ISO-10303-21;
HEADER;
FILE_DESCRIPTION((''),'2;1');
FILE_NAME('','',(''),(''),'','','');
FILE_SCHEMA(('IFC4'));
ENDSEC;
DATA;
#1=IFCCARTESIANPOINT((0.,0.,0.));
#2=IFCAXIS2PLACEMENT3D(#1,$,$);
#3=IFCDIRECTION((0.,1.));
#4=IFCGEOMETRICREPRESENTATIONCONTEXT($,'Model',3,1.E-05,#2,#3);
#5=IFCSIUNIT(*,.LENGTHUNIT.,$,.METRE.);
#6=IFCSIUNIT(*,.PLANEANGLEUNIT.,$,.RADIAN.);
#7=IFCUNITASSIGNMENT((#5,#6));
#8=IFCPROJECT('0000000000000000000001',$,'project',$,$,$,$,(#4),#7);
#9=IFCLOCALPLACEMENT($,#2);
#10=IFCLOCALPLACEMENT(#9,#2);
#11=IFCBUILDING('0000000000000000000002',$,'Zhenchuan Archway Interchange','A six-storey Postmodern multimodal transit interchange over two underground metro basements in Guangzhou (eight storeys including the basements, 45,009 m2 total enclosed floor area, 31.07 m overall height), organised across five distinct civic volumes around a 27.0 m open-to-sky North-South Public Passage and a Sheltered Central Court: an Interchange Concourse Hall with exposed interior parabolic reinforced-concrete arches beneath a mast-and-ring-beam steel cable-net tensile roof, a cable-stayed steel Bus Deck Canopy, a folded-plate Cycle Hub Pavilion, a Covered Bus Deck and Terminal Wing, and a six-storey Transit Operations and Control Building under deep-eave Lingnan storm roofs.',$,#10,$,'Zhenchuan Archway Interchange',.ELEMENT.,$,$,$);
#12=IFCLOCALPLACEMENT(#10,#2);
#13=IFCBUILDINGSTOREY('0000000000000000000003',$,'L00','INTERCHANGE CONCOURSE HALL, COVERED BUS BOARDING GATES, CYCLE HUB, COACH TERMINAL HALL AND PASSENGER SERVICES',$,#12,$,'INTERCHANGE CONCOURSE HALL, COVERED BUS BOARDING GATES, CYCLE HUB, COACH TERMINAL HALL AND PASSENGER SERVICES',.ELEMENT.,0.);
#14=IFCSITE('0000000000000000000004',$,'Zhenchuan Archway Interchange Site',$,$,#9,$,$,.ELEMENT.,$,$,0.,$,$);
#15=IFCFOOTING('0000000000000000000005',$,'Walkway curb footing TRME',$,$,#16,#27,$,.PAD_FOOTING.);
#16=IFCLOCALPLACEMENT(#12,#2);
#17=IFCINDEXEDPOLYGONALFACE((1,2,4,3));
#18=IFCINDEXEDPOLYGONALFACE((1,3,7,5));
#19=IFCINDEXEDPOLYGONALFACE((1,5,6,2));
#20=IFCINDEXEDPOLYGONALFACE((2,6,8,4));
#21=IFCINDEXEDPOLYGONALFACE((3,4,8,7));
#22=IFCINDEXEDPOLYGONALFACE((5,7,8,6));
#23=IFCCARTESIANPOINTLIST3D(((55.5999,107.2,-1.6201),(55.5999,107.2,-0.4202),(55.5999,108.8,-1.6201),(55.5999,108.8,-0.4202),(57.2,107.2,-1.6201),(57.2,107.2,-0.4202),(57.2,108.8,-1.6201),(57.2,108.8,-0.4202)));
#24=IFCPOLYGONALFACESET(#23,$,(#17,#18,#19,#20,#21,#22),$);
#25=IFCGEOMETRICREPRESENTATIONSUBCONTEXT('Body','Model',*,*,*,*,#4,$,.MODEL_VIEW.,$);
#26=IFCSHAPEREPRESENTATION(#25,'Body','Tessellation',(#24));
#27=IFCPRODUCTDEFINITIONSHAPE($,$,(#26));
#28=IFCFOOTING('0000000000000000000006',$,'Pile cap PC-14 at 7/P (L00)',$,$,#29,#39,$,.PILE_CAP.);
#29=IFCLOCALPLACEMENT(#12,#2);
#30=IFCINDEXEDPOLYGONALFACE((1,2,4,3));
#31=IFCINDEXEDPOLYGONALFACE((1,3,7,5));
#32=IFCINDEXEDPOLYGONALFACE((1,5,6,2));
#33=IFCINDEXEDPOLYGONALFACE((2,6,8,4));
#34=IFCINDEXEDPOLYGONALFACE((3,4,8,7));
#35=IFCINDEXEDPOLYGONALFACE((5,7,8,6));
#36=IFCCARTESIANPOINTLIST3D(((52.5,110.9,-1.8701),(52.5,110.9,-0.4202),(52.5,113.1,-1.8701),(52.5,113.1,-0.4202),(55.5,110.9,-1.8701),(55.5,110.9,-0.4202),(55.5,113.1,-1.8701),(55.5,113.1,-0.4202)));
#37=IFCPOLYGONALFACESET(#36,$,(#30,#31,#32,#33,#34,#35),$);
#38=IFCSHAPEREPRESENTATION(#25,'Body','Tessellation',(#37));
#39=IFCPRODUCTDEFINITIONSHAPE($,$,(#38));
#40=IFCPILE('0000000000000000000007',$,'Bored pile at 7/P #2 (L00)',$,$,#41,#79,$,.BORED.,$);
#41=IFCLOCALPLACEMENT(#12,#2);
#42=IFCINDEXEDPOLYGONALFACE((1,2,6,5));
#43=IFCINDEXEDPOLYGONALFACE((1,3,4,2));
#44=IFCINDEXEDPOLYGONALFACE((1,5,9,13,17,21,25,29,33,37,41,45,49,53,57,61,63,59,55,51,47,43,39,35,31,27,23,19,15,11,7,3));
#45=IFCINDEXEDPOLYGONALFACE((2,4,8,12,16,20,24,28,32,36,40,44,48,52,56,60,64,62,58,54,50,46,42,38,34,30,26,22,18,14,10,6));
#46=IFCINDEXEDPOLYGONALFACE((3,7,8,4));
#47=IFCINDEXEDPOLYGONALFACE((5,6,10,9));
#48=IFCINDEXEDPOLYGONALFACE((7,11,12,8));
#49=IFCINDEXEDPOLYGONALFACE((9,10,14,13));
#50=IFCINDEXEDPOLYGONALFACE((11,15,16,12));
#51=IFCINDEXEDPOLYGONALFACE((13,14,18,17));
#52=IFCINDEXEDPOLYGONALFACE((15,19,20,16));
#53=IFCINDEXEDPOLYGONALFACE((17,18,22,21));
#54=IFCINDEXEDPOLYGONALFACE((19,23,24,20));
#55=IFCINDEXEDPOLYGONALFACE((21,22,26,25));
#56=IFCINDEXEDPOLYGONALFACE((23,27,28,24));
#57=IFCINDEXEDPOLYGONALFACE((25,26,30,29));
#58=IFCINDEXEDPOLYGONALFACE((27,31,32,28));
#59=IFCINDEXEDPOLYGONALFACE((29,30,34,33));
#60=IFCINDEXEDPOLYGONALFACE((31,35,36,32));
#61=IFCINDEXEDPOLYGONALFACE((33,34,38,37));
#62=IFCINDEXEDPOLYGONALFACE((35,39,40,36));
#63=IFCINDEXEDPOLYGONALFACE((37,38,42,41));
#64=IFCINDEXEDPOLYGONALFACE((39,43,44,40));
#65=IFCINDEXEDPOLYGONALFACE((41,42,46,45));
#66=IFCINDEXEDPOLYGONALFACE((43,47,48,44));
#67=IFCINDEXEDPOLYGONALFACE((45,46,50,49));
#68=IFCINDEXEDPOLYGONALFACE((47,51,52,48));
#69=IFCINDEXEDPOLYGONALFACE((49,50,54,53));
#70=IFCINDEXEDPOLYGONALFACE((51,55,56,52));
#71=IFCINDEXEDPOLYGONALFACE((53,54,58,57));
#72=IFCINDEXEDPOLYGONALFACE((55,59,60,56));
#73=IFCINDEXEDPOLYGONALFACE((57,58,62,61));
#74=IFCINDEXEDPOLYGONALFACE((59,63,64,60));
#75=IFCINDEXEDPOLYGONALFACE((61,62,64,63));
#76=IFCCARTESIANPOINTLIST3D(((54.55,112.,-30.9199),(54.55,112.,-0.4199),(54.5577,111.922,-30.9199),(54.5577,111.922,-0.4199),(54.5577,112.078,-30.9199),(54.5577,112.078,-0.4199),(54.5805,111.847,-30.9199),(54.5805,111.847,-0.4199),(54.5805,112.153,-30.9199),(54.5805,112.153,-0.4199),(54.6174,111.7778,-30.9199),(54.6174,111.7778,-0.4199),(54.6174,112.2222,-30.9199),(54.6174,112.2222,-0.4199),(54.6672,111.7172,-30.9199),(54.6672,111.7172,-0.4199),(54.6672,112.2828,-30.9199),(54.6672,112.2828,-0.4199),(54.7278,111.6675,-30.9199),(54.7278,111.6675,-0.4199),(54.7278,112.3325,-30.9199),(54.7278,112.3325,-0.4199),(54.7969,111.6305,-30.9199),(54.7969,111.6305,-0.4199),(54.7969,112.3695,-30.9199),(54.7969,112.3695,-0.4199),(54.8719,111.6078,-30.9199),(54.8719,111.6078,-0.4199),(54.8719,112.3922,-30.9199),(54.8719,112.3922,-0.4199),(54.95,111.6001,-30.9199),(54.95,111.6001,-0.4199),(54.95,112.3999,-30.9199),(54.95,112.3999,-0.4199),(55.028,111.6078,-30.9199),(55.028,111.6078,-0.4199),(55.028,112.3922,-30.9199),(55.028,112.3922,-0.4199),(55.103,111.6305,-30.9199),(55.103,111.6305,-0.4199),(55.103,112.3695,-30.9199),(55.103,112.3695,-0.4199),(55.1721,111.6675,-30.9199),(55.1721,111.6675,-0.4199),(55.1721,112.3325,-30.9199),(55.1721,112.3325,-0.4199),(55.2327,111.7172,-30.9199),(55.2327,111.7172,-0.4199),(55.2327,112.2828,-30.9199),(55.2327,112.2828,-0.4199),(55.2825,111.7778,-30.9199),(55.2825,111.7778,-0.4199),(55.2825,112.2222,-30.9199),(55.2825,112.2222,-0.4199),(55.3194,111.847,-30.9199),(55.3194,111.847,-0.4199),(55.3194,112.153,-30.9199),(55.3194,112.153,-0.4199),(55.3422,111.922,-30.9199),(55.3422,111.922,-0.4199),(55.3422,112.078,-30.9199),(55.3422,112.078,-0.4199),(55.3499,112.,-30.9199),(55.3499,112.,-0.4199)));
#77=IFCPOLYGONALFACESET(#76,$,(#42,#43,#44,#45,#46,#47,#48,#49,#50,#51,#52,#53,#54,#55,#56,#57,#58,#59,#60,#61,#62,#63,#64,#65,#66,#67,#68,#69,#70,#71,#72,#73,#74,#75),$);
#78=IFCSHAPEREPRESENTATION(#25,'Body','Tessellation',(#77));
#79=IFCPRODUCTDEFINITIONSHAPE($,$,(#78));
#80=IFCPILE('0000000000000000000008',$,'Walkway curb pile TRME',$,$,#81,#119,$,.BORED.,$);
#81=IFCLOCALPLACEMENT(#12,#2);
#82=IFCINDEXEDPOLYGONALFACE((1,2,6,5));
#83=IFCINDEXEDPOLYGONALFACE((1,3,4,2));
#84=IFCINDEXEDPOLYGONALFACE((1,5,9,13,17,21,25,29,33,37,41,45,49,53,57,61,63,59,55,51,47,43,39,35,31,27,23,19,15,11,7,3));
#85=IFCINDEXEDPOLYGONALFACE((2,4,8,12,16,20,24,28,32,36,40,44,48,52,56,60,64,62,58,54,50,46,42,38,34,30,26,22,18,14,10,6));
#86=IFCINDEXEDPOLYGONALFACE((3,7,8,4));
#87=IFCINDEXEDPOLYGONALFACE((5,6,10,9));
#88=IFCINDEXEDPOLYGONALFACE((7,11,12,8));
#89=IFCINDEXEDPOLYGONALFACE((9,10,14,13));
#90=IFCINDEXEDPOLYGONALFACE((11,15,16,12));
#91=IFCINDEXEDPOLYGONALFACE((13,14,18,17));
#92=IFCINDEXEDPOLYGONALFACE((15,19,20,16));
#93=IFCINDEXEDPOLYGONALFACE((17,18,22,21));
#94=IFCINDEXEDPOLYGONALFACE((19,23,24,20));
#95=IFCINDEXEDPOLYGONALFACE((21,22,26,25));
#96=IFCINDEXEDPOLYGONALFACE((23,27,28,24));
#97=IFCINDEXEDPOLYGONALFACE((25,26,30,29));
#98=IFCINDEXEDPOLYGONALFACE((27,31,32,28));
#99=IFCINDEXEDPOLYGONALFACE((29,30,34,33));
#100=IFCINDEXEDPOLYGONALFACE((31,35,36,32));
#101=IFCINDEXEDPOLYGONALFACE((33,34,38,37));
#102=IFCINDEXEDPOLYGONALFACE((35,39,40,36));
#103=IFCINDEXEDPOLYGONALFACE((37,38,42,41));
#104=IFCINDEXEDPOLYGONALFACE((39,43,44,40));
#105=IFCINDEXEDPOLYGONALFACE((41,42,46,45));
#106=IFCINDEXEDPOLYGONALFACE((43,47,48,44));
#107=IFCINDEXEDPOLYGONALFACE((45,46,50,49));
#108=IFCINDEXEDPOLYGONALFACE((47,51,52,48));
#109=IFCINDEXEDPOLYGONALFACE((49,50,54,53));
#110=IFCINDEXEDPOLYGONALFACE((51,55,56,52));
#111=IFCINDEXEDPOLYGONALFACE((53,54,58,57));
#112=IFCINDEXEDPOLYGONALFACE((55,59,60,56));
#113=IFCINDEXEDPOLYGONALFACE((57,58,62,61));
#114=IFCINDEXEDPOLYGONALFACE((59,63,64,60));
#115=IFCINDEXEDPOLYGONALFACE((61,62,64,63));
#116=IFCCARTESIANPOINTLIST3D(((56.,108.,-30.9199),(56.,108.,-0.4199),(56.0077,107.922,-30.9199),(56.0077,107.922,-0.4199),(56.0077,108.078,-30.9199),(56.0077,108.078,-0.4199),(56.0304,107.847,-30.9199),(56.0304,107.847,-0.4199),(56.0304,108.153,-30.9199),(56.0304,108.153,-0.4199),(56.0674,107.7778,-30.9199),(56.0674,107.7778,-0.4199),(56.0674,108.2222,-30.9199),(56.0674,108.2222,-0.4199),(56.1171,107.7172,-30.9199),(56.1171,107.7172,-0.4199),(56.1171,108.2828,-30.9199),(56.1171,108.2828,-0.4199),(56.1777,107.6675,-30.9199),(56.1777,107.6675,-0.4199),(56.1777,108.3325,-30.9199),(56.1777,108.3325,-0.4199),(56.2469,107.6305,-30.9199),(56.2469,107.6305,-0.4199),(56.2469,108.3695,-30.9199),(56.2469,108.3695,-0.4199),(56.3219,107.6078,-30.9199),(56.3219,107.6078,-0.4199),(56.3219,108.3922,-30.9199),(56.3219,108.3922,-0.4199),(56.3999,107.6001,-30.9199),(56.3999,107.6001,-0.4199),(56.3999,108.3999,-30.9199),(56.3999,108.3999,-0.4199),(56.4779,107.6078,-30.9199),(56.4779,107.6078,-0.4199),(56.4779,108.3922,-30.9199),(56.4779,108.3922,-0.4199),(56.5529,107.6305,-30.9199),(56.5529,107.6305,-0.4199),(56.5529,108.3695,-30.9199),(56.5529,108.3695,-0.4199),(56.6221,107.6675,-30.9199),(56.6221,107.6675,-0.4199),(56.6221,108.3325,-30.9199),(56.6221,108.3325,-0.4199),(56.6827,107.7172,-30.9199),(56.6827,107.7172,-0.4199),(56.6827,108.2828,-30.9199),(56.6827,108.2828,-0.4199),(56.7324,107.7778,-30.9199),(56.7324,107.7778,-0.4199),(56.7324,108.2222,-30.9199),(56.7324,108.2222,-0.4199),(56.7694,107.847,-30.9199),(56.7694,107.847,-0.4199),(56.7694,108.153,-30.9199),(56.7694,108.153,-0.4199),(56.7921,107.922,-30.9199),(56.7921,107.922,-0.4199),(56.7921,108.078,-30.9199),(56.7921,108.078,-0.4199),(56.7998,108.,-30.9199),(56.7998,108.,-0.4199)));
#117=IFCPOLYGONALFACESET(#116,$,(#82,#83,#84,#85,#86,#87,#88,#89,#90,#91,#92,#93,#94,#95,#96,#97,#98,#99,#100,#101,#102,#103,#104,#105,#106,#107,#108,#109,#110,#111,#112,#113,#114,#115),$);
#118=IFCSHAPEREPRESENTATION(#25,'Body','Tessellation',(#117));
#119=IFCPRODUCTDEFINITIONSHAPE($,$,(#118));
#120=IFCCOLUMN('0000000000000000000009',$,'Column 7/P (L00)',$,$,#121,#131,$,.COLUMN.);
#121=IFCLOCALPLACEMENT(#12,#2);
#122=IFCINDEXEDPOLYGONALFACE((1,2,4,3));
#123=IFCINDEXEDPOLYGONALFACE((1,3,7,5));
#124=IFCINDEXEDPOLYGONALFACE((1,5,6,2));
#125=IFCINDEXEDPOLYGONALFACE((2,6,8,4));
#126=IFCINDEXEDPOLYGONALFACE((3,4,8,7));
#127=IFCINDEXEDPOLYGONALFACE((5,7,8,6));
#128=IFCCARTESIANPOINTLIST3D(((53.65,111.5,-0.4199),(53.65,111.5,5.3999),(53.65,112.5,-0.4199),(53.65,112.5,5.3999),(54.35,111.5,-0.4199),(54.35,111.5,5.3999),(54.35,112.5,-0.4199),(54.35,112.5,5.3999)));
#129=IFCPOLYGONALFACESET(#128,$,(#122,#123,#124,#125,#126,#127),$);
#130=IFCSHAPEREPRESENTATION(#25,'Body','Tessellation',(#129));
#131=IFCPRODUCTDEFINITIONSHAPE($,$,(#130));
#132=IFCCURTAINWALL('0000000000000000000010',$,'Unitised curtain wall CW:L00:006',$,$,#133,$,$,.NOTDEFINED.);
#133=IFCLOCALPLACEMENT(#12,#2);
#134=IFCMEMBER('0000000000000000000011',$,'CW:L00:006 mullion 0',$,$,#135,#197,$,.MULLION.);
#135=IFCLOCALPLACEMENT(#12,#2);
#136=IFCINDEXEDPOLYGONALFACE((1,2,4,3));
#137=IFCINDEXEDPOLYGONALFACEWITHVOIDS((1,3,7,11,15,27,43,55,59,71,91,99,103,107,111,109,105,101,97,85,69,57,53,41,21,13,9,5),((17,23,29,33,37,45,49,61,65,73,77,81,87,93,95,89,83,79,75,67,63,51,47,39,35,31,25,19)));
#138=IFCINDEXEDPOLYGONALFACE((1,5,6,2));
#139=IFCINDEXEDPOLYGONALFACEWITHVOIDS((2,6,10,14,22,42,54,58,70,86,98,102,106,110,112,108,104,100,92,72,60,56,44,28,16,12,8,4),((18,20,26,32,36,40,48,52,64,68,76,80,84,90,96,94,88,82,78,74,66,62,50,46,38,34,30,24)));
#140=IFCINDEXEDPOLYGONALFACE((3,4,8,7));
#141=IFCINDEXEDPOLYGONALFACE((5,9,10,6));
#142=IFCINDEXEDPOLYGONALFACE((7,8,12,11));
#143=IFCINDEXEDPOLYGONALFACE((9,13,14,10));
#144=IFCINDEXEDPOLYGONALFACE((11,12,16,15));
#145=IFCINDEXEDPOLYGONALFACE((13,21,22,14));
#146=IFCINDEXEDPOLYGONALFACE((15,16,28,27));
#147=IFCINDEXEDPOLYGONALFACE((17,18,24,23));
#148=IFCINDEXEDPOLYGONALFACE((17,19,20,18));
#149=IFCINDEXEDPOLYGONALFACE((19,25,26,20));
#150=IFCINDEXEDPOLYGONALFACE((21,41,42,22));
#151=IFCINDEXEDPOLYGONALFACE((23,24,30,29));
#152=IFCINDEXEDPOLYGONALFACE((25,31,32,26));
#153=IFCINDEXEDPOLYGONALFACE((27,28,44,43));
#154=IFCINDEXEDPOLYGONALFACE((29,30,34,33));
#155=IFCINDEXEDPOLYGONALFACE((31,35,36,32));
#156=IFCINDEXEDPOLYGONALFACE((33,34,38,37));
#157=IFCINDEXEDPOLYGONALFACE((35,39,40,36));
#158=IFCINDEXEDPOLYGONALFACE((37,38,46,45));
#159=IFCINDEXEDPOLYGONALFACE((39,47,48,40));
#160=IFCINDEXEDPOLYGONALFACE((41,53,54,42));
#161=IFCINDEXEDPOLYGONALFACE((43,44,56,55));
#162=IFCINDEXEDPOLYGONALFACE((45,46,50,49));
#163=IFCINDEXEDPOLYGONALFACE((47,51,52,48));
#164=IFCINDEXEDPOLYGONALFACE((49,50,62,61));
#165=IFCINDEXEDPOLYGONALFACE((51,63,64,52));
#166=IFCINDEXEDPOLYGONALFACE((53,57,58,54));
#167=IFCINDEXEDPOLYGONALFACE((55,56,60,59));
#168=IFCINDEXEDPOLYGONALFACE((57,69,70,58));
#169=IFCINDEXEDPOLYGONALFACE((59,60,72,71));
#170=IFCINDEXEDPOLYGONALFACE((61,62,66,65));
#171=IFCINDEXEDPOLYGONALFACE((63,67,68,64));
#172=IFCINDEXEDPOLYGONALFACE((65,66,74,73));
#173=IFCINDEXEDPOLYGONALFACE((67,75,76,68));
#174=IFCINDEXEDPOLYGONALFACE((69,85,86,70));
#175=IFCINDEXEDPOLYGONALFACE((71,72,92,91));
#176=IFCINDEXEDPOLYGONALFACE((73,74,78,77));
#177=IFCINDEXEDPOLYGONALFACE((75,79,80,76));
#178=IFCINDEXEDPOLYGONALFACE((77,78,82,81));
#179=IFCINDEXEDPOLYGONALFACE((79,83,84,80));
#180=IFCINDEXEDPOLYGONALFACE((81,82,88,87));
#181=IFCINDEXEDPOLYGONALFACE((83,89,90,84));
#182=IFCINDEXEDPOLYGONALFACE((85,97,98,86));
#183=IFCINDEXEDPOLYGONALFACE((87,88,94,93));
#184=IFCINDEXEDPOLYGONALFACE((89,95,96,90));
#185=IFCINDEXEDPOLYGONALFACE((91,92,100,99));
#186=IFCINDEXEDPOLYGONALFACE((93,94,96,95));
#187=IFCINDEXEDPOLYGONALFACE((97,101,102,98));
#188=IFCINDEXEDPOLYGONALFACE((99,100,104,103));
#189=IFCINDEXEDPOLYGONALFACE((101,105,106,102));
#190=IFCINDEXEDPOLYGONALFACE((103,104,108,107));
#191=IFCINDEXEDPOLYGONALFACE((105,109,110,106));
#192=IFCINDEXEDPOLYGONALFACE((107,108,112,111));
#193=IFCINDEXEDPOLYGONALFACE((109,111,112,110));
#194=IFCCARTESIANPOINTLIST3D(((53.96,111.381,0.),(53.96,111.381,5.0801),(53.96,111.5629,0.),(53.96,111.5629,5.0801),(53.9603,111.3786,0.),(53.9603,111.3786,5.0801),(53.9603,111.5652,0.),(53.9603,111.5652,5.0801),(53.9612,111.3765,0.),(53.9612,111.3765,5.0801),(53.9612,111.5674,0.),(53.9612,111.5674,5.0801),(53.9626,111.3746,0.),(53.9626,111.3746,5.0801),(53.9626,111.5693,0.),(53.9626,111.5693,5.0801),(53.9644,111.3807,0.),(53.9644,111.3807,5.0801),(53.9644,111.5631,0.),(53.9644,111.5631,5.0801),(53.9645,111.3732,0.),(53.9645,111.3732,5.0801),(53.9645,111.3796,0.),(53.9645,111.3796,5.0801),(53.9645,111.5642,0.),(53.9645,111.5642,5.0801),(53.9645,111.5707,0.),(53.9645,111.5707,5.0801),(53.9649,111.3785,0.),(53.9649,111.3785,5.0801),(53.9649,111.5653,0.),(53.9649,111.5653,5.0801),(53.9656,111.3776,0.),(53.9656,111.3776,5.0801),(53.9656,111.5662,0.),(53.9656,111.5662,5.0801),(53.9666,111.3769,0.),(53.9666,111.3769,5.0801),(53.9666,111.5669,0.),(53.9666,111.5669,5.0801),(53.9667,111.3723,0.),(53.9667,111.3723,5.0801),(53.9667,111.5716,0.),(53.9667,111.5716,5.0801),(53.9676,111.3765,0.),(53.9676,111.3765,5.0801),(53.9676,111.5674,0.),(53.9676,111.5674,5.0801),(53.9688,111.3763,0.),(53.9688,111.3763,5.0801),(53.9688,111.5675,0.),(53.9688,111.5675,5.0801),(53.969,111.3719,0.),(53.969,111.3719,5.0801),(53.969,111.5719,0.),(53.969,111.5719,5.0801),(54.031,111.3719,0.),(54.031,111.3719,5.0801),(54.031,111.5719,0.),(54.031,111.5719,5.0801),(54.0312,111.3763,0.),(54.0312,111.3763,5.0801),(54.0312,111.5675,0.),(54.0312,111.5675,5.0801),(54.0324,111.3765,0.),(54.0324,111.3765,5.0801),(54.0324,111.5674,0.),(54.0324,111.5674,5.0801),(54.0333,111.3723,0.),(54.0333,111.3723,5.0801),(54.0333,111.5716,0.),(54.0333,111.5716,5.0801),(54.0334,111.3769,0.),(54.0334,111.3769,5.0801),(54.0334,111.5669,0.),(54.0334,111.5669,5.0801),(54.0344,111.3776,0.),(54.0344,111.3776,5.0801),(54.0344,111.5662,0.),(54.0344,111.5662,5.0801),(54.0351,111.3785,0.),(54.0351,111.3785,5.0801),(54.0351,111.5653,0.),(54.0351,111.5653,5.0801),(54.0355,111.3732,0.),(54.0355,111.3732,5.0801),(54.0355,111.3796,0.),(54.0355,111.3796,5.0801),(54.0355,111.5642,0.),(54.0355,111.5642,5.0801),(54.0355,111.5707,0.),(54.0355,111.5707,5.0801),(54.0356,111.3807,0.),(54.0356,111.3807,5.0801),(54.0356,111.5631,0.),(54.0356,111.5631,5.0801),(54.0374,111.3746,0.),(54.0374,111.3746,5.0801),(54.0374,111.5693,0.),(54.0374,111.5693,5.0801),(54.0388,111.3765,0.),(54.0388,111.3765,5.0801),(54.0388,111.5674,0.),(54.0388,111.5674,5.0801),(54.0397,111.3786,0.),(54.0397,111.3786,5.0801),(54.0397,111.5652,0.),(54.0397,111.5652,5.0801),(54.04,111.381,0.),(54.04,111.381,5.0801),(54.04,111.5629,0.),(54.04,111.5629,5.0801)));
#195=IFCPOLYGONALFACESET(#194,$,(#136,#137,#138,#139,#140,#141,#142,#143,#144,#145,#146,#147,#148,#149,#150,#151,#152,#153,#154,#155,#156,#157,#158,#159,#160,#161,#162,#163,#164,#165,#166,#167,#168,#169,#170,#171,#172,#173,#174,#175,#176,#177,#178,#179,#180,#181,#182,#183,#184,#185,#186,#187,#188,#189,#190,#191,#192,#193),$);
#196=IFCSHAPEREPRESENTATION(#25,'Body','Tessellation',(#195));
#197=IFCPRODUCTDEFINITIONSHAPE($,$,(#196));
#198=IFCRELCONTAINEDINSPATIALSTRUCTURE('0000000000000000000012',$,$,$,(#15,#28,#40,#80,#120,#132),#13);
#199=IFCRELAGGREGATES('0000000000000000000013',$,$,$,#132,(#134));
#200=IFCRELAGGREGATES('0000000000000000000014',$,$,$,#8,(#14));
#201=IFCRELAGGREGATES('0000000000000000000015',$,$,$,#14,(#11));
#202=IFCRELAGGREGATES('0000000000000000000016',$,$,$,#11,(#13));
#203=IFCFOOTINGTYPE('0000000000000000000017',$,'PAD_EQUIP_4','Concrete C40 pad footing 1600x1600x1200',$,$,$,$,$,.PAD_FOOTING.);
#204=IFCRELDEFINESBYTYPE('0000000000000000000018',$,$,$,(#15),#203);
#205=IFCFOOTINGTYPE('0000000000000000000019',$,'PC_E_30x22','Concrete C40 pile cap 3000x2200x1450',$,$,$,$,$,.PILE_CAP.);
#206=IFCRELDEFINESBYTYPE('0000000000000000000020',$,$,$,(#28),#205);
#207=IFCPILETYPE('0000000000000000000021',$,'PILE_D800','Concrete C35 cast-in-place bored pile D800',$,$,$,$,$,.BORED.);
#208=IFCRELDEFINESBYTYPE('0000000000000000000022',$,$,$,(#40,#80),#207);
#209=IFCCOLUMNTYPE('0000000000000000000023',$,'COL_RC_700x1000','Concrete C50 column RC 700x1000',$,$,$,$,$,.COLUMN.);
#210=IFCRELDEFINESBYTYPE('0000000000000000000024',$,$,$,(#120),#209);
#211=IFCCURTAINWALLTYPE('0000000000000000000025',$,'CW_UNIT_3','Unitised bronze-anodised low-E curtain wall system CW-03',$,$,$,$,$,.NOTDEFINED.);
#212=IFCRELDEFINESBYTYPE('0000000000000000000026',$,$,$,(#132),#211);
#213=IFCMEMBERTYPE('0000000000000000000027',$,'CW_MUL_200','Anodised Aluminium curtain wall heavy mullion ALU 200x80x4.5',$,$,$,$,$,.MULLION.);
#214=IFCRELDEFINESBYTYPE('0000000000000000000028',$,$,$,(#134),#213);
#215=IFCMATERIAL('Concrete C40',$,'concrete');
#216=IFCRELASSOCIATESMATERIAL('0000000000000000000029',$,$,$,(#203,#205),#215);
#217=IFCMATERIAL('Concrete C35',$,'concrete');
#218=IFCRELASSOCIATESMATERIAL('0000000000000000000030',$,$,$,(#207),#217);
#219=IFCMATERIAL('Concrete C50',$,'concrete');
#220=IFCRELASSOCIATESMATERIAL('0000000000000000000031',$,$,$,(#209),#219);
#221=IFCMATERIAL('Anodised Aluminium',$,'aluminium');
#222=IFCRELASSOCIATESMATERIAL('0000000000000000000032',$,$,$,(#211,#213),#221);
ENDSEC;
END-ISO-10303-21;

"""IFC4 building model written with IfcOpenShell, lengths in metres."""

from ifc_helpers import new_model, si_unit, direction, frame, origin, origin_2d, place, context, subcontext, project, spatial, rectangle, hollow_rectangle, circle, extrude, material, material_profile, profile_set, type_object, element, aggregate, save


model = new_model("IFC4")

# Units and contexts
model_context = context("Model", 3, precision=1e-05, world=origin(), true_north=direction((0.0, 1.0)))
body_context = subcontext(model_context, "Body", "Model", "MODEL_VIEW")
ifc_project = project(units=[si_unit("LENGTHUNIT", "METRE"), si_unit("PLANEANGLEUNIT", "RADIAN")], contexts=[model_context])

# Site, building, storey
site_placement = place(None, origin())
site = spatial("IfcSite", under=ifc_project, at=site_placement, Name="Zhenchuan Archway Interchange Site", CompositionType="ELEMENT", RefElevation=0.0)
building_placement = place(site_placement, origin())
building = spatial("IfcBuilding", under=site, at=building_placement, Name="Zhenchuan Archway Interchange", Description="A six-storey Postmodern multimodal transit interchange over two underground metro basements in Guangzhou (eight storeys including the basements, 45,009 m2 total enclosed floor area, 31.07 m overall height), organised across five distinct civic volumes around a 27.0 m open-to-sky North-South Public Passage and a Sheltered Central Court: an Interchange Concourse Hall with exposed interior parabolic reinforced-concrete arches beneath a mast-and-ring-beam steel cable-net tensile roof, a cable-stayed steel Bus Deck Canopy, a folded-plate Cycle Hub Pavilion, a Covered Bus Deck and Terminal Wing, and a six-storey Transit Operations and Control Building under deep-eave Lingnan storm roofs.", LongName="Zhenchuan Archway Interchange", CompositionType="ELEMENT")
storey_placement = place(building_placement, origin())
storey = spatial("IfcBuildingStorey", under=building, at=storey_placement, Name="L00", Description="INTERCHANGE CONCOURSE HALL, COVERED BUS BOARDING GATES, CYCLE HUB, COACH TERMINAL HALL AND PASSENGER SERVICES", LongName="INTERCHANGE CONCOURSE HALL, COVERED BUS BOARDING GATES, CYCLE HUB, COACH TERMINAL HALL AND PASSENGER SERVICES", CompositionType="ELEMENT", Elevation=0.0)

# Footings
ifc_material_1 = material(Name="Concrete C40", Category="concrete")
footing_type_1 = type_object("IfcFootingType", Name="PAD_EQUIP_4", Description="Concrete C40 pad footing 1600x1600x1200", PredefinedType="PAD_FOOTING", material=ifc_material_1)
footing_1_placement = place(storey_placement, frame((56.3999, 108.0, -1.6201), z_axis=(0.0, 0.0, 1.0), x_axis=(1.0, 0.0, 0.0)))
element("IfcFooting", 1, at=footing_1_placement, inside=storey, type_object=footing_type_1, Name="Walkway curb footing TRME", PredefinedType="PAD_FOOTING", context=body_context, shape_type="SweptSolid", body=[
    extrude(rectangle(XDim=1.6001, YDim=1.6001, at=origin_2d()), origin(), (0.0, 0.0, 1.0), 1.2),
])
footing_type_2 = type_object("IfcFootingType", Name="PC_E_30x22", Description="Concrete C40 pile cap 3000x2200x1450", PredefinedType="PILE_CAP", material=ifc_material_1)
footing_2_placement = place(storey_placement, frame((54.0, 112.0, -1.8701), z_axis=(0.0, 0.0, 1.0), x_axis=(1.0, 0.0, 0.0)))
element("IfcFooting", 2, at=footing_2_placement, inside=storey, type_object=footing_type_2, Name="Pile cap PC-14 at 7/P (L00)", PredefinedType="PILE_CAP", context=body_context, shape_type="SweptSolid", body=[
    extrude(rectangle(XDim=3.0, YDim=2.2, at=origin_2d()), origin(), (0.0, 0.0, 1.0), 1.45),
])

# Piles
ifc_material_2 = material(Name="Concrete C35", Category="concrete")
ifc_material_profile_1 = material_profile(ifc_material_2, circle(Radius=0.3999, at=origin_2d()), Name="BORED PILE 800")
ifc_profile_set_1 = profile_set([ifc_material_profile_1], Name="Concrete C35")
pile_type = type_object("IfcPileType", Name="PILE_D800", Description="Concrete C35 cast-in-place bored pile D800", PredefinedType="BORED", material=ifc_profile_set_1)
for number, where, z_axis, x_axis, name in (
    (3, (54.95, 112.0, -0.4199), (0.0, 0.0, -1.0), (1.0, 0.0, 0.0), "Bored pile at 7/P #2 (L00)"),
    (4, (56.3999, 108.0, -0.4199), (0.0, 0.0, -1.0), (1.0, 0.0, 0.0), "Walkway curb pile TRME"),
):
    element("IfcPile", number, at=place(storey_placement, frame(where, z_axis=z_axis, x_axis=x_axis)), inside=storey, type_object=pile_type, Name=name, PredefinedType="BORED", context=body_context, shape_type="SweptSolid", body=[
        extrude(circle(Radius=0.3999, at=origin_2d()), origin(), (0.0, 0.0, 1.0), 30.5),
    ])

# Column
ifc_material_3 = material(Name="Concrete C50", Category="concrete")
ifc_material_profile_2 = material_profile(ifc_material_3, rectangle(XDim=0.7, YDim=1.0, at=origin_2d()), Name="RC 700x1000")
ifc_profile_set_2 = profile_set([ifc_material_profile_2], Name="Concrete C50")
column_type = type_object("IfcColumnType", Name="COL_RC_700x1000", Description="Concrete C50 column RC 700x1000", PredefinedType="COLUMN", material=ifc_profile_set_2)
column_placement = place(storey_placement, frame((54.0, 112.0, -0.4199), z_axis=(0.0, 0.0, 1.0), x_axis=(1.0, 0.0, 0.0)))
element("IfcColumn", 5, at=column_placement, inside=storey, type_object=column_type, Name="Column 7/P (L00)", PredefinedType="COLUMN", context=body_context, shape_type="SweptSolid", body=[
    extrude(rectangle(XDim=0.7, YDim=1.0, at=origin_2d()), origin(), (0.0, 0.0, 1.0), 5.8198),
])

# Curtain wall, member
ifc_material_4 = material(Name="Anodised Aluminium", Category="aluminium")
curtain_wall_type = type_object("IfcCurtainWallType", Name="CW_UNIT_3", Description="Unitised bronze-anodised low-E curtain wall system CW-03", PredefinedType="NOTDEFINED", material=ifc_material_4)
curtain_wall_placement = place(storey_placement, origin())
curtain_wall = element("IfcCurtainWall", 6, at=curtain_wall_placement, inside=storey, type_object=curtain_wall_type, Name="Unitised curtain wall CW:L00:006", PredefinedType="NOTDEFINED")
ifc_material_profile_3 = material_profile(ifc_material_4, hollow_rectangle(XDim=0.0801, YDim=0.2, WallThickness=0.0044, InnerFilletRadius=0.0044, OuterFilletRadius=0.009, at=origin_2d()), Name="ALU 200x80x4.5")
ifc_profile_set_3 = profile_set([ifc_material_profile_3], Name="Anodised Aluminium")
member_type_1 = type_object("IfcMemberType", Name="CW_MUL_200", Description="Anodised Aluminium curtain wall heavy mullion ALU 200x80x4.5", PredefinedType="MULLION", material=ifc_profile_set_3)
member_1_placement = place(storey_placement, frame((54.0, 111.4719, 0.0), z_axis=(0.0, 0.0, 1.0), x_axis=(1.0, 0.0, 0.0)))
member_1 = element("IfcMember", 7, at=member_1_placement, type_object=member_type_1, Name="CW:L00:006 mullion 0", PredefinedType="MULLION", context=body_context, shape_type="SweptSolid", body=[
    extrude(hollow_rectangle(XDim=0.0801, YDim=0.2, WallThickness=0.0044, InnerFilletRadius=0.0044, OuterFilletRadius=0.009, at=origin_2d()), origin(), (0.0, 0.0, 1.0), 5.0801),
])
aggregate(curtain_wall, [member_1])

save(model, "model.ifc")
